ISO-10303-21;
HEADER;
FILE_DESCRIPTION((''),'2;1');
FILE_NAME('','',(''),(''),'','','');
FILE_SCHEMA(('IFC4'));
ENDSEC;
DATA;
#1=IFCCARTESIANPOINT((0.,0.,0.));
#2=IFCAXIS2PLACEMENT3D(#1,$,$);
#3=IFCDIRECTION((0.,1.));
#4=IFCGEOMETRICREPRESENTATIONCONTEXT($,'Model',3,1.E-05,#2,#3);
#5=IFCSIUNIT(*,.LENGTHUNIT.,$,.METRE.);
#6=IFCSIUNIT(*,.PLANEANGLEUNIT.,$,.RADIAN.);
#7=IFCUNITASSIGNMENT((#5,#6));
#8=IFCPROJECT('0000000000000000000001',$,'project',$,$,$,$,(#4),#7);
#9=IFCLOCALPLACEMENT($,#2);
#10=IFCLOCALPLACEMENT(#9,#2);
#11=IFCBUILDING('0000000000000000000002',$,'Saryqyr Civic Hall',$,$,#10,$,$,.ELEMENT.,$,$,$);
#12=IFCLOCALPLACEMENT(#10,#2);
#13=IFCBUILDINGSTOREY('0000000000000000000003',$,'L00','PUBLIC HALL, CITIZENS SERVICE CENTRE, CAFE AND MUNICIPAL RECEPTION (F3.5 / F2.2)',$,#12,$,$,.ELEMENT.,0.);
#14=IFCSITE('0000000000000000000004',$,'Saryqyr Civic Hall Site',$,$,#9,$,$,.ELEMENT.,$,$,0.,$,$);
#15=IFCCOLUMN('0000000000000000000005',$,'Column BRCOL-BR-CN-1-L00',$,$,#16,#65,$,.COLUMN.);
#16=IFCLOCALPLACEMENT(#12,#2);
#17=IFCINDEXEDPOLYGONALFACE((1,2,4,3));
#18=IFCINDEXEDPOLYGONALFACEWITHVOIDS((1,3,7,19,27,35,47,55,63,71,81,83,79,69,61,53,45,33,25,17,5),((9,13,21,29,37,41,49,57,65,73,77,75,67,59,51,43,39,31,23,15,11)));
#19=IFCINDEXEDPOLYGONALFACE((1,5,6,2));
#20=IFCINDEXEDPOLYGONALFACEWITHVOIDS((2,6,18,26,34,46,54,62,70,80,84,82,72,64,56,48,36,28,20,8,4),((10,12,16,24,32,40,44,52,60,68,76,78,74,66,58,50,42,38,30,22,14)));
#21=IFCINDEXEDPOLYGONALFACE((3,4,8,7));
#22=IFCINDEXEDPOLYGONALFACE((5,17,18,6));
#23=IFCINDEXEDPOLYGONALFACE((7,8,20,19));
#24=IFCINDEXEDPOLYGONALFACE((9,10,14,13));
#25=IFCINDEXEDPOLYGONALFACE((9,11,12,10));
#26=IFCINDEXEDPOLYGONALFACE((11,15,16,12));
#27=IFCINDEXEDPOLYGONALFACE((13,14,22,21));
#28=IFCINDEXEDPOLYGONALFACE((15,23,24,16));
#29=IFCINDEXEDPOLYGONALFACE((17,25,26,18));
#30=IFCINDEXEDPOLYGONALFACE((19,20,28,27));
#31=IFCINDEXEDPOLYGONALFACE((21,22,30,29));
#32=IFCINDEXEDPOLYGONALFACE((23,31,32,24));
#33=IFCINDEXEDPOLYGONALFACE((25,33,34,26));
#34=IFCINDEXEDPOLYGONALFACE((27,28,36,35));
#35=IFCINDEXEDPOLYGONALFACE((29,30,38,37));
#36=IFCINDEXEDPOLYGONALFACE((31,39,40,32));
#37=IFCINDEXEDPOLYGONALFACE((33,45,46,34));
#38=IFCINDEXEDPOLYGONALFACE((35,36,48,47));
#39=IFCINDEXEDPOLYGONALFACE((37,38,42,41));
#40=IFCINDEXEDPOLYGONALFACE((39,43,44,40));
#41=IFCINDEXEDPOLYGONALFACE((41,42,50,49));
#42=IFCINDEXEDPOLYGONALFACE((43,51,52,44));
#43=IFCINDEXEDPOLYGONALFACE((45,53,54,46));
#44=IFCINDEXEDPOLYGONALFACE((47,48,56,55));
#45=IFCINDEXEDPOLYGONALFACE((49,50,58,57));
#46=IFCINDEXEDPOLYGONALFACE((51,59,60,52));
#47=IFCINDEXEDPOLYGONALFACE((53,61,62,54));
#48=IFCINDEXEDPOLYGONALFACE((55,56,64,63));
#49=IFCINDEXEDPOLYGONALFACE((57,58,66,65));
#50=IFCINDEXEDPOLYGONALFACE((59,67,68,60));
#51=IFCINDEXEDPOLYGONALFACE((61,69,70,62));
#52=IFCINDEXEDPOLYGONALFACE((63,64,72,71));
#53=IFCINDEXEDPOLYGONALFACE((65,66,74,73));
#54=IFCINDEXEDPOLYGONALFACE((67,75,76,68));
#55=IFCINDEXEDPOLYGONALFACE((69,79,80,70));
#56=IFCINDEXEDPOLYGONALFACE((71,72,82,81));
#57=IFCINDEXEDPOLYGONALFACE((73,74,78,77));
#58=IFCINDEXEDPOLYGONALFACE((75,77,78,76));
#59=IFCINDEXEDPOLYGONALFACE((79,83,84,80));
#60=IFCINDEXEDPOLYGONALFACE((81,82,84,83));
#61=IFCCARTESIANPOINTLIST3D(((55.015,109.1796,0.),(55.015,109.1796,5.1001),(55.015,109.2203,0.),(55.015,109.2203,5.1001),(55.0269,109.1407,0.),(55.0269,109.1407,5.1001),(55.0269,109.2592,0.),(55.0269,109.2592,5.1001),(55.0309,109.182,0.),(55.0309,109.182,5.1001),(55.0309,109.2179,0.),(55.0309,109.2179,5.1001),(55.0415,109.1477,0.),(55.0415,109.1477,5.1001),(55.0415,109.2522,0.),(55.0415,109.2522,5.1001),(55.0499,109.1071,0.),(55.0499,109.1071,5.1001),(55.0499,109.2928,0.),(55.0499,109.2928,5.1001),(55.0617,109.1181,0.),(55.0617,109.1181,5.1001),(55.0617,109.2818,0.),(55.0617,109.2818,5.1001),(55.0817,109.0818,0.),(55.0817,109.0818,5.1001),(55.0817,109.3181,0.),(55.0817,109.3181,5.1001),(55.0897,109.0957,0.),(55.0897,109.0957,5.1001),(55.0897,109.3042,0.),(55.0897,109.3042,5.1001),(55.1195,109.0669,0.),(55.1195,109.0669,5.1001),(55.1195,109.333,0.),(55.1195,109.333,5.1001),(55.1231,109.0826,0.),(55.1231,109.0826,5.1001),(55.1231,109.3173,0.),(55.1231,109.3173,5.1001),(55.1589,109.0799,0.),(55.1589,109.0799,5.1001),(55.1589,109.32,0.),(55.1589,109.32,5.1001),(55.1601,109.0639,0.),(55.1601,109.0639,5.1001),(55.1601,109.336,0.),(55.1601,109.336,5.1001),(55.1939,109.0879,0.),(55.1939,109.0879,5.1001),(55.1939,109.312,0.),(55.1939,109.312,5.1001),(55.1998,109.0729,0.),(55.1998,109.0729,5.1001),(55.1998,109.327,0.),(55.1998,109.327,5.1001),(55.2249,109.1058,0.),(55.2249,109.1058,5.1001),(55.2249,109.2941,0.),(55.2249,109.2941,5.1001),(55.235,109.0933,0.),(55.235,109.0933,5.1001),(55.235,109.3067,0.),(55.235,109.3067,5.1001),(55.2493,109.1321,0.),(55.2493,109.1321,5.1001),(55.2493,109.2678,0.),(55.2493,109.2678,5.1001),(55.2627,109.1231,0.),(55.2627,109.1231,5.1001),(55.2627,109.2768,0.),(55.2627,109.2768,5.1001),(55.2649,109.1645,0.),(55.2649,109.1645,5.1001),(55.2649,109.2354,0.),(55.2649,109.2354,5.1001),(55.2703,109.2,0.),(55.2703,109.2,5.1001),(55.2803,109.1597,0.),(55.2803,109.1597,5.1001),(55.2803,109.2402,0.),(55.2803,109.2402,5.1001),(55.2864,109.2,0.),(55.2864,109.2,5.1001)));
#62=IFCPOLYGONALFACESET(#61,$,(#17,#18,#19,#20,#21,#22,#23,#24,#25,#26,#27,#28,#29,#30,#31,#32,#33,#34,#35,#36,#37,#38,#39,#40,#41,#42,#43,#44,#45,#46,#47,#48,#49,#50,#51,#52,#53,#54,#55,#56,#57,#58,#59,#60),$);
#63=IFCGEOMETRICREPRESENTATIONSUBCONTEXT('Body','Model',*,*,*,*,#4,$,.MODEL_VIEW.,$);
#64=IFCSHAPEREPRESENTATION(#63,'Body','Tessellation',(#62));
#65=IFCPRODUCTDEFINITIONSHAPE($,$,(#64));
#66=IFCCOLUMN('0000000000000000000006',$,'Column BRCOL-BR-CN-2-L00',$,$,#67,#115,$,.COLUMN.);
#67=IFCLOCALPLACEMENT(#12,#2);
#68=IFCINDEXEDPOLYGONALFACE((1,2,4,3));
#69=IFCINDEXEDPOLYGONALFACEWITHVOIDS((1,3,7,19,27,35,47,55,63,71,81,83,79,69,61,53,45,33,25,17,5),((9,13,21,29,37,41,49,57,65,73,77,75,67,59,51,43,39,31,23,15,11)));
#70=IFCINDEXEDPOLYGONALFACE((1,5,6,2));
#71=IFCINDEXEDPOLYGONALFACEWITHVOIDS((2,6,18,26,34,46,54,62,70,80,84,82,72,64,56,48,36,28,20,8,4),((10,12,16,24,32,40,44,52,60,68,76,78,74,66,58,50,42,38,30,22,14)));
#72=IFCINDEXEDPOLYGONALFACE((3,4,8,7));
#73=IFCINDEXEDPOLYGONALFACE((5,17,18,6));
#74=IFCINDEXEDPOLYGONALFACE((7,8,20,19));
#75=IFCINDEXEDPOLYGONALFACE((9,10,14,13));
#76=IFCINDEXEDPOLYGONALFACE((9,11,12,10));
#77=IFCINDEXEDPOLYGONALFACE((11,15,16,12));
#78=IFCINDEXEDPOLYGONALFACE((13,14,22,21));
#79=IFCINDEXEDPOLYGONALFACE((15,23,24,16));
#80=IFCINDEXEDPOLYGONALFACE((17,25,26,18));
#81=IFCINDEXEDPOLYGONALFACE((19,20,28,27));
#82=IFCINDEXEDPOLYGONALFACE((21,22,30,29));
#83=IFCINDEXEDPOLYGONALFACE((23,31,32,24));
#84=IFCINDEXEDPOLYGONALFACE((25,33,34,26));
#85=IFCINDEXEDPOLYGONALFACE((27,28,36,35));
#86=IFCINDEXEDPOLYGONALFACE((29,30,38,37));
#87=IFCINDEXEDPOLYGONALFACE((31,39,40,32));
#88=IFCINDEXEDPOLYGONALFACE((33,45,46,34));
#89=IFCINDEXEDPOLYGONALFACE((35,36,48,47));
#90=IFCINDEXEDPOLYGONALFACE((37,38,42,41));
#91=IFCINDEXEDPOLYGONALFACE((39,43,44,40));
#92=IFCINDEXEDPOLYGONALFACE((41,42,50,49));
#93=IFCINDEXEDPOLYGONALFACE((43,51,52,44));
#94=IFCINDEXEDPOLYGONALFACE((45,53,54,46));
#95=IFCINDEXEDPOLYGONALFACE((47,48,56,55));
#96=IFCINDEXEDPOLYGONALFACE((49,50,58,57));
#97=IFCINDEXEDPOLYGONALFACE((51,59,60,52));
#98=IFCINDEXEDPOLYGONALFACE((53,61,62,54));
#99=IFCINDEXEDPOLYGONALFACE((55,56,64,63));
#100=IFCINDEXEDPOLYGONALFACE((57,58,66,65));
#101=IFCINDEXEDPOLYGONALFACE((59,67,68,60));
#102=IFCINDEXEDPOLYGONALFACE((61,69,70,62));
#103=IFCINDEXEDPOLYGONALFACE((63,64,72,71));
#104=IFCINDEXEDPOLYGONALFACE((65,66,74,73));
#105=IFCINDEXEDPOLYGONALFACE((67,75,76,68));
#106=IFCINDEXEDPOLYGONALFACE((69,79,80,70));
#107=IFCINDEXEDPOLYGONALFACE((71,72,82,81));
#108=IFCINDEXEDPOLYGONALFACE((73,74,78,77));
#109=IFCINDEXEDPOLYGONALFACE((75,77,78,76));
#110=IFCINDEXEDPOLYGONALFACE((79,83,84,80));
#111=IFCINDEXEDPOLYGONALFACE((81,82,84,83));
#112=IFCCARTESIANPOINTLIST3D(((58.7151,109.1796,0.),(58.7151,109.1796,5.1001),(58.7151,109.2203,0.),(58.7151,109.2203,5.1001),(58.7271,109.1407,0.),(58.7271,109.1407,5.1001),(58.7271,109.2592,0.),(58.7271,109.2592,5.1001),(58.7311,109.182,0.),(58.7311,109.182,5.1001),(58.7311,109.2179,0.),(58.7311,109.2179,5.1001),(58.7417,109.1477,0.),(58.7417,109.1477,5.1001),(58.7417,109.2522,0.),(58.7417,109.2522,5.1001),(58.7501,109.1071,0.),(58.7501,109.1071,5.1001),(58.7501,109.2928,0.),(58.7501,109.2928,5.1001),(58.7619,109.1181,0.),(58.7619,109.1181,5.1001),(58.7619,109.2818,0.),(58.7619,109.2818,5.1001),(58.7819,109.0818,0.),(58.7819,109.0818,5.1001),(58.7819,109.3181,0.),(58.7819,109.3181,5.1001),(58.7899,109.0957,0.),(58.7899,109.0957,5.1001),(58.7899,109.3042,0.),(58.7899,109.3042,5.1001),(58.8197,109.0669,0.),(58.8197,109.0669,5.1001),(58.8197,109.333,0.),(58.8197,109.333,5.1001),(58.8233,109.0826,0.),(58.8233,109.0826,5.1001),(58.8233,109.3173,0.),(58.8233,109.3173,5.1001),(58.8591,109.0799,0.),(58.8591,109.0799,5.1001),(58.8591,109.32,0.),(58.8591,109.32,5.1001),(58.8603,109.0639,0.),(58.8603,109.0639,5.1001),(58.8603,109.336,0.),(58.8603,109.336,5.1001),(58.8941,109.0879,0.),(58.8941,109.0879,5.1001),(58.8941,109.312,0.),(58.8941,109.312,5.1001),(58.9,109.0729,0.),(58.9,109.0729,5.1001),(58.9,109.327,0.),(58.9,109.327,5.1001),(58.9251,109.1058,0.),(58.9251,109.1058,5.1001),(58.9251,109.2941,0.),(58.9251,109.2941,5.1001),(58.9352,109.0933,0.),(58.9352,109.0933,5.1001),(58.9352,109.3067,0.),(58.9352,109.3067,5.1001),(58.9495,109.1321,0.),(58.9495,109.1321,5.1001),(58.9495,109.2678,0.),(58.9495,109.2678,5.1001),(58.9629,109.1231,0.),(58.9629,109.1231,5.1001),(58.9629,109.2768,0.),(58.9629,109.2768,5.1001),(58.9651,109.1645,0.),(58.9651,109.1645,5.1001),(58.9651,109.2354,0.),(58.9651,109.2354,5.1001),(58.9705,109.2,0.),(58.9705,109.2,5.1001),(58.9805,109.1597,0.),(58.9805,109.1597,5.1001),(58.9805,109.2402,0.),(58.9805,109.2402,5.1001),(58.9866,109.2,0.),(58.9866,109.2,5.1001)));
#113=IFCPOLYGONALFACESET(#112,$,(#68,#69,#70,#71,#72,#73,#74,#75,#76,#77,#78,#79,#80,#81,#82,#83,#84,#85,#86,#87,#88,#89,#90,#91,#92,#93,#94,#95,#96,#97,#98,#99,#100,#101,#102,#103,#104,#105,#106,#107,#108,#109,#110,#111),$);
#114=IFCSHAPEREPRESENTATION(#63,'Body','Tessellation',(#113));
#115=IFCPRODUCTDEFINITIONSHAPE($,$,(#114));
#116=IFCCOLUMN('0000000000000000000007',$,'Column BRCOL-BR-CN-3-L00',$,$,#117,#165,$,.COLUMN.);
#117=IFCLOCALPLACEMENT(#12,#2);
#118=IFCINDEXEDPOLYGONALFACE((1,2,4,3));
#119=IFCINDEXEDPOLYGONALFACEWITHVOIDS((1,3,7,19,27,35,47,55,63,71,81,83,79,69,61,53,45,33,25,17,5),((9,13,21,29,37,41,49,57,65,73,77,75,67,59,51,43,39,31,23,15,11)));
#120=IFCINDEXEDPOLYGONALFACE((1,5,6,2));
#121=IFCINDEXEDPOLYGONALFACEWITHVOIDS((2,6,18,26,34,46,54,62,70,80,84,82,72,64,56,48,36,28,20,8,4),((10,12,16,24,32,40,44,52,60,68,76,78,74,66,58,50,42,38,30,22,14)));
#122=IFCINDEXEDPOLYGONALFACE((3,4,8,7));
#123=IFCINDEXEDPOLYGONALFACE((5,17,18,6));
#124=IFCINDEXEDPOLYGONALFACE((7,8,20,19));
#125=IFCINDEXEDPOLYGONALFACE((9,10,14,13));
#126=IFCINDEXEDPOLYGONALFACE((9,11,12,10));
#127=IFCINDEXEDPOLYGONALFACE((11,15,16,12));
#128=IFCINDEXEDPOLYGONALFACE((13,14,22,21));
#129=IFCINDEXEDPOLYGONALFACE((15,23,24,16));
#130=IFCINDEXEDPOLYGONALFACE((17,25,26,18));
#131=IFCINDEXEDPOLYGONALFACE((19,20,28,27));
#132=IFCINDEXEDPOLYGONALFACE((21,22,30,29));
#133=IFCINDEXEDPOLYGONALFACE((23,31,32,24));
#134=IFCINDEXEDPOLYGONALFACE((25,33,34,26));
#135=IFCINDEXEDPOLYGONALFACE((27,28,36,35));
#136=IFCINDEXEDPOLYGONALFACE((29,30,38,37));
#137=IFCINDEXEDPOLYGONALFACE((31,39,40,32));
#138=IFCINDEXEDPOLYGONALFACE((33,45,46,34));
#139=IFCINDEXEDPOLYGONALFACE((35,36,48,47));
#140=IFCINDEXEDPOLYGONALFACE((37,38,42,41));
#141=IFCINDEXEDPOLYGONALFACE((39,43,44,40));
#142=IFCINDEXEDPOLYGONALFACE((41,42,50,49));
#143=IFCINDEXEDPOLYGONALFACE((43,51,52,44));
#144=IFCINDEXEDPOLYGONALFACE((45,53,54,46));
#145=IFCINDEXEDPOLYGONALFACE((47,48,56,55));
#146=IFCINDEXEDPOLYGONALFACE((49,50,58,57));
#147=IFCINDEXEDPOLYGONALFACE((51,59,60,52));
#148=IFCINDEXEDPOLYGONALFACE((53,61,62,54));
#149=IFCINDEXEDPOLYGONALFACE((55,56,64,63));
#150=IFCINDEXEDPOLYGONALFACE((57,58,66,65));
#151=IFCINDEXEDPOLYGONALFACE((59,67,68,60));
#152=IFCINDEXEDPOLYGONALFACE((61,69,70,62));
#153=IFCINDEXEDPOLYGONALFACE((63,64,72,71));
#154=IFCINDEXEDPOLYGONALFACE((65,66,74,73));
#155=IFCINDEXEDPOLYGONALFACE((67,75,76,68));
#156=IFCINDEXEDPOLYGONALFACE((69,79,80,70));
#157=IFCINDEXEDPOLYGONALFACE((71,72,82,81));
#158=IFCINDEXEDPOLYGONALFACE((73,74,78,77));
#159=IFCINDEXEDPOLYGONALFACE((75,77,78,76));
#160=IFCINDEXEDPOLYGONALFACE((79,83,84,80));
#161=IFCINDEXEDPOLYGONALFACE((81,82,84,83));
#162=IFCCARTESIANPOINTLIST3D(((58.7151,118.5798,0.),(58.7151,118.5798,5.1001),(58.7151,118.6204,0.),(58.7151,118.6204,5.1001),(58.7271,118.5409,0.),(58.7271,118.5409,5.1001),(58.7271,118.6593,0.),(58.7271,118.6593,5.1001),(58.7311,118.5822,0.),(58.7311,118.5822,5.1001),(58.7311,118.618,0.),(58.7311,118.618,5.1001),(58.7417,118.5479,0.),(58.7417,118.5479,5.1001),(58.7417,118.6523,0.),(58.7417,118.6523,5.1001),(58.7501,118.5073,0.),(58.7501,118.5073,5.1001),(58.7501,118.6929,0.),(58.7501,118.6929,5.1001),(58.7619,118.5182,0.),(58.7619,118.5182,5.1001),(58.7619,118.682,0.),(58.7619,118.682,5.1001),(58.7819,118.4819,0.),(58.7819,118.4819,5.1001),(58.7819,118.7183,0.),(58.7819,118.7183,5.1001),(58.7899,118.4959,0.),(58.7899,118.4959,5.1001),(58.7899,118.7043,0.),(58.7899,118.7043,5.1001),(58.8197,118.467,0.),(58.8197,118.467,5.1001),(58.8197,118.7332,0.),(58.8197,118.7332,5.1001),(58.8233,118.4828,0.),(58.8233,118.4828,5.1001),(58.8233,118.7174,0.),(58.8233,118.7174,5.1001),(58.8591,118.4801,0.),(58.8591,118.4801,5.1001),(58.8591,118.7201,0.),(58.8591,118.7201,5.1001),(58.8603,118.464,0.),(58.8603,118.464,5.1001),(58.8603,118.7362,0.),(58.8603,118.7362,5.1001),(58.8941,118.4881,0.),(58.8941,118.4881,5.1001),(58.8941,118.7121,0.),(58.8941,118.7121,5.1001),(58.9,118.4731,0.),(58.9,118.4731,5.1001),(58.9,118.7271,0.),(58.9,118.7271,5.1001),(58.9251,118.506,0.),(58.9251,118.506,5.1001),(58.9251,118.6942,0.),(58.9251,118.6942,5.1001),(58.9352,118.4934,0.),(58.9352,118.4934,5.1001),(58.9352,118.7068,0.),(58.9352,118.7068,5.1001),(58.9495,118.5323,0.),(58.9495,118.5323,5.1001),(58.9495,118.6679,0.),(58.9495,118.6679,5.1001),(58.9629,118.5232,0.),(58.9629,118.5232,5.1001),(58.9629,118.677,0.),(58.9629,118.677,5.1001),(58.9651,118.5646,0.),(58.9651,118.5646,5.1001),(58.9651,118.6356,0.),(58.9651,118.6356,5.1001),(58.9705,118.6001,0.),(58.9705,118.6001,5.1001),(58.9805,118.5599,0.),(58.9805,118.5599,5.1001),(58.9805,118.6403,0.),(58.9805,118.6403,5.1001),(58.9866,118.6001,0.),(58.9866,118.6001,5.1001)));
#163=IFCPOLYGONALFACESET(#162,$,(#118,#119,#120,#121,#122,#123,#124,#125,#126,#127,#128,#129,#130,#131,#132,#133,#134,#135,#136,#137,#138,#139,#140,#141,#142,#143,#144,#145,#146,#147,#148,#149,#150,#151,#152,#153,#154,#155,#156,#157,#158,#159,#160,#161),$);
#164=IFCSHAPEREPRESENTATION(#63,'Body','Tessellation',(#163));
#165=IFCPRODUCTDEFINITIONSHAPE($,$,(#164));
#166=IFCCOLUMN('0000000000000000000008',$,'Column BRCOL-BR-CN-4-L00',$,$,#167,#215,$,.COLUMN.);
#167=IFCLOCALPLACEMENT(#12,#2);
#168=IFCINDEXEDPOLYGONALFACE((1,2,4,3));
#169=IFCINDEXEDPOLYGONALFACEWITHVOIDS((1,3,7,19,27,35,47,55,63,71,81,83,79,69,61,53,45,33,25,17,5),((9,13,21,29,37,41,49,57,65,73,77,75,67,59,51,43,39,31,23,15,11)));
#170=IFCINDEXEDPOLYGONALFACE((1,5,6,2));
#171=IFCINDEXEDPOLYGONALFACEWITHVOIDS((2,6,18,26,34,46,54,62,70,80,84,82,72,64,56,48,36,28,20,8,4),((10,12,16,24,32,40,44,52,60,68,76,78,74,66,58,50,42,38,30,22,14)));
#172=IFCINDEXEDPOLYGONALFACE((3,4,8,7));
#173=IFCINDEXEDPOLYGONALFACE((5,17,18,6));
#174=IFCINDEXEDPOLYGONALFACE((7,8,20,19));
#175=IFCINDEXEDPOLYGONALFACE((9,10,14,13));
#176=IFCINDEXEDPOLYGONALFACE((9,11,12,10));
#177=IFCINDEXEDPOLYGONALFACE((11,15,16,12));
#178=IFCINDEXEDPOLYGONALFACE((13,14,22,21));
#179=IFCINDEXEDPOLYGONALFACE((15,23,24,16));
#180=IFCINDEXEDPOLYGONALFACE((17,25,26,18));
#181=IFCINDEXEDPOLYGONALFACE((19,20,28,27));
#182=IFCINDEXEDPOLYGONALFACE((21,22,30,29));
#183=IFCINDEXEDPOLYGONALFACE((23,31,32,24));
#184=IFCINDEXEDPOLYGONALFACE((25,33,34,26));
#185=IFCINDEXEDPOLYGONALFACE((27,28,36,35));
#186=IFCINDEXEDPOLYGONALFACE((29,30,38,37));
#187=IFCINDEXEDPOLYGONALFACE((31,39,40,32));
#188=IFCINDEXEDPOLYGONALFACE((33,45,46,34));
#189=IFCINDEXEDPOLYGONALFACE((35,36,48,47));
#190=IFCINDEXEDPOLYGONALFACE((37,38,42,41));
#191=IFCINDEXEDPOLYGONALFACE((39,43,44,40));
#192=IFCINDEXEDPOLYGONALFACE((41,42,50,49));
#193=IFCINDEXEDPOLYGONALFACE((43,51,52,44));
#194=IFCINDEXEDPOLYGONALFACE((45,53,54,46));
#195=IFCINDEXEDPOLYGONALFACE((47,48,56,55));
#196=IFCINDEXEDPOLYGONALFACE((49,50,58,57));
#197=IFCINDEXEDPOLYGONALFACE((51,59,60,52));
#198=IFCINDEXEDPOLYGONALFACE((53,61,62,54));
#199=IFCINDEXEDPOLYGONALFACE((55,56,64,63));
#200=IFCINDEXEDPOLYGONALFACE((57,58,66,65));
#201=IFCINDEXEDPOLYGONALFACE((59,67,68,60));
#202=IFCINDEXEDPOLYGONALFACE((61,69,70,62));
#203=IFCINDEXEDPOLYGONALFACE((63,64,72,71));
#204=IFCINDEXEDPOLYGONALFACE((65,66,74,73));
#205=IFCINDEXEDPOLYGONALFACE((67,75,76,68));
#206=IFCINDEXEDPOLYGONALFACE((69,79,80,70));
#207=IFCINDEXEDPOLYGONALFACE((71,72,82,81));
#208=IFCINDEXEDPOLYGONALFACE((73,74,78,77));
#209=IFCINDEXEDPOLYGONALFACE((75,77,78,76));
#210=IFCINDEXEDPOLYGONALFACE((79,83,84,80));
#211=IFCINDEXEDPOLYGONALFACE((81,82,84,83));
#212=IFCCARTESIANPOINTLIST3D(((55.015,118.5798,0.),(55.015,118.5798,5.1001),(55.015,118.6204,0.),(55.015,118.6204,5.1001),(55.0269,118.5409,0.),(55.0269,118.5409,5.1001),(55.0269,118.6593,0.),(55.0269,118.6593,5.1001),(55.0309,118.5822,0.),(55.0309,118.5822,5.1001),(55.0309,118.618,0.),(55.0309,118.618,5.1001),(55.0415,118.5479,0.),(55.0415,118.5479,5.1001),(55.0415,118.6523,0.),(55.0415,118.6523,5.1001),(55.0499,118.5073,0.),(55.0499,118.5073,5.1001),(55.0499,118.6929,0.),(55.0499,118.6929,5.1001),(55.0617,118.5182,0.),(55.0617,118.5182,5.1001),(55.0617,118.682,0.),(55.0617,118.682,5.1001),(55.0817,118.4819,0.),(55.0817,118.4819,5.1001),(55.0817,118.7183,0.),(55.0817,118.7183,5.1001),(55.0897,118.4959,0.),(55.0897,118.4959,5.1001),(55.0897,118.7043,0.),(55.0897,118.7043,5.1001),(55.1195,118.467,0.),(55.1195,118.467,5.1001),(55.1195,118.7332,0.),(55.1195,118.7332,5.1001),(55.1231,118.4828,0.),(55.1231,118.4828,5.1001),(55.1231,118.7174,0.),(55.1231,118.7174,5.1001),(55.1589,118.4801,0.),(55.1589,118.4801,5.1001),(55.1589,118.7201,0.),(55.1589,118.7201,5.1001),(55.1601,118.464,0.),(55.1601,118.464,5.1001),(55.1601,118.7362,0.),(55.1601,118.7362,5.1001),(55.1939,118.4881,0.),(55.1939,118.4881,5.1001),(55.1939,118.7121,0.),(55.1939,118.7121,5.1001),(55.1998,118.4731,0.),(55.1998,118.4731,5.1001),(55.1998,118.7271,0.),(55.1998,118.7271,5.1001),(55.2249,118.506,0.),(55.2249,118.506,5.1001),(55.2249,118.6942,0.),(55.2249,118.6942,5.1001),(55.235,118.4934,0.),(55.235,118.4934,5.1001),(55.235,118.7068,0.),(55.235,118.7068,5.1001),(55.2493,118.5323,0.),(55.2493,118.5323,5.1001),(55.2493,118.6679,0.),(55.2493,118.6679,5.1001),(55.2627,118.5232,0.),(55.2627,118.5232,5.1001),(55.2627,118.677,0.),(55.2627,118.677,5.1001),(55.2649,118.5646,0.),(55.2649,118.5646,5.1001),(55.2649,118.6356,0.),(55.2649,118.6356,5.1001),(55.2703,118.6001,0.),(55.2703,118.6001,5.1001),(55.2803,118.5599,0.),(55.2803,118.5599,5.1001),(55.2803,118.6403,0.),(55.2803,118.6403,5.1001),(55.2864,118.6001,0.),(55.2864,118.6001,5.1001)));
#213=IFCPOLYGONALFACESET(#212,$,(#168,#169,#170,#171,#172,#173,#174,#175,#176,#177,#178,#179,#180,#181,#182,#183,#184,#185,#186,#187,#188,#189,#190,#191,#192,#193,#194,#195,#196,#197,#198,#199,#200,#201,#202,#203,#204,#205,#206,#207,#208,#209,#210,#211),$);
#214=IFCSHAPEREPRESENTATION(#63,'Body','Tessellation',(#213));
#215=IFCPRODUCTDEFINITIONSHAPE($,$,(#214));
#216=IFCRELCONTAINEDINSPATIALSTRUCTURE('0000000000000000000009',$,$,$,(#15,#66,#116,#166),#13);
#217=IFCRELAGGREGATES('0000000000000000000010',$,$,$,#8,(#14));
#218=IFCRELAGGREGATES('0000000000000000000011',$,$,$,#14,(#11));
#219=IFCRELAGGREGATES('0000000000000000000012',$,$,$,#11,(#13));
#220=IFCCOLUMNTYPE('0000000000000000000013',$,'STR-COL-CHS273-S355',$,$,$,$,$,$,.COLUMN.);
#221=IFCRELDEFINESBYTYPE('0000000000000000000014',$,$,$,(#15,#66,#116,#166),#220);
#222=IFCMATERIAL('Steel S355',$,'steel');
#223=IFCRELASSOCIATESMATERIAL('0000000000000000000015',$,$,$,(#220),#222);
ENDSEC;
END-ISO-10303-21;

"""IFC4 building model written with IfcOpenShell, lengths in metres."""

from ifc_helpers import new_model, si_unit, direction, frame, origin, origin_2d, place, context, subcontext, project, spatial, hollow_circle, extrude, material, material_profile, profile_set, type_object, element, save


model = new_model("IFC4")

# Units and contexts
model_context = context("Model", 3, precision=1e-05, world=origin(), true_north=direction((0.0, 1.0)))
body_context = subcontext(model_context, "Body", "Model", "MODEL_VIEW")
ifc_project = project(units=[si_unit("LENGTHUNIT", "METRE"), si_unit("PLANEANGLEUNIT", "RADIAN")], contexts=[model_context])

# Site, building, storey
site_placement = place(None, origin())
site = spatial("IfcSite", under=ifc_project, at=site_placement, Name="Saryqyr Civic Hall Site", CompositionType="ELEMENT", RefElevation=0.0)
building_placement = place(site_placement, origin())
building = spatial("IfcBuilding", under=site, at=building_placement, Name="Saryqyr Civic Hall", CompositionType="ELEMENT")
storey_placement = place(building_placement, origin())
storey = spatial("IfcBuildingStorey", under=building, at=storey_placement, Name="L00", Description="PUBLIC HALL, CITIZENS SERVICE CENTRE, CAFE AND MUNICIPAL RECEPTION (F3.5 / F2.2)", CompositionType="ELEMENT", Elevation=0.0)

# Columns
ifc_material_1 = material(Name="Steel S355", Category="steel")
ifc_material_profile_1 = material_profile(ifc_material_1, hollow_circle(Radius=0.1365, WallThickness=0.0161, at=origin_2d()), Name="CHS 273x16")
ifc_profile_set_1 = profile_set([ifc_material_profile_1], Name="Steel S355")
column_type_1 = type_object("IfcColumnType", Name="STR-COL-CHS273-S355", PredefinedType="COLUMN", material=ifc_profile_set_1)
for number, where, z_axis, x_axis, name in (
    (1, (55.1499, 109.2, 0.0), (0.0, 0.0, 1.0), (1.0, 0.0, 0.0), "Column BRCOL-BR-CN-1-L00"),
    (2, (58.8501, 109.2, 0.0), (0.0, 0.0, 1.0), (1.0, 0.0, 0.0), "Column BRCOL-BR-CN-2-L00"),
    (3, (58.8501, 118.6001, 0.0), (0.0, 0.0, 1.0), (1.0, 0.0, 0.0), "Column BRCOL-BR-CN-3-L00"),
    (4, (55.1499, 118.6001, 0.0), (0.0, 0.0, 1.0), (1.0, 0.0, 0.0), "Column BRCOL-BR-CN-4-L00"),
):
    element("IfcColumn", number, at=place(storey_placement, frame(where, z_axis=z_axis, x_axis=x_axis)), inside=storey, type_object=column_type_1, Name=name, PredefinedType="COLUMN", context=body_context, shape_type="SweptSolid", body=[
        extrude(hollow_circle(Radius=0.1365, WallThickness=0.0161, at=origin_2d()), origin(), (0.0, 0.0, 1.0), 5.1001),
    ])

save(model, "model.ifc")
